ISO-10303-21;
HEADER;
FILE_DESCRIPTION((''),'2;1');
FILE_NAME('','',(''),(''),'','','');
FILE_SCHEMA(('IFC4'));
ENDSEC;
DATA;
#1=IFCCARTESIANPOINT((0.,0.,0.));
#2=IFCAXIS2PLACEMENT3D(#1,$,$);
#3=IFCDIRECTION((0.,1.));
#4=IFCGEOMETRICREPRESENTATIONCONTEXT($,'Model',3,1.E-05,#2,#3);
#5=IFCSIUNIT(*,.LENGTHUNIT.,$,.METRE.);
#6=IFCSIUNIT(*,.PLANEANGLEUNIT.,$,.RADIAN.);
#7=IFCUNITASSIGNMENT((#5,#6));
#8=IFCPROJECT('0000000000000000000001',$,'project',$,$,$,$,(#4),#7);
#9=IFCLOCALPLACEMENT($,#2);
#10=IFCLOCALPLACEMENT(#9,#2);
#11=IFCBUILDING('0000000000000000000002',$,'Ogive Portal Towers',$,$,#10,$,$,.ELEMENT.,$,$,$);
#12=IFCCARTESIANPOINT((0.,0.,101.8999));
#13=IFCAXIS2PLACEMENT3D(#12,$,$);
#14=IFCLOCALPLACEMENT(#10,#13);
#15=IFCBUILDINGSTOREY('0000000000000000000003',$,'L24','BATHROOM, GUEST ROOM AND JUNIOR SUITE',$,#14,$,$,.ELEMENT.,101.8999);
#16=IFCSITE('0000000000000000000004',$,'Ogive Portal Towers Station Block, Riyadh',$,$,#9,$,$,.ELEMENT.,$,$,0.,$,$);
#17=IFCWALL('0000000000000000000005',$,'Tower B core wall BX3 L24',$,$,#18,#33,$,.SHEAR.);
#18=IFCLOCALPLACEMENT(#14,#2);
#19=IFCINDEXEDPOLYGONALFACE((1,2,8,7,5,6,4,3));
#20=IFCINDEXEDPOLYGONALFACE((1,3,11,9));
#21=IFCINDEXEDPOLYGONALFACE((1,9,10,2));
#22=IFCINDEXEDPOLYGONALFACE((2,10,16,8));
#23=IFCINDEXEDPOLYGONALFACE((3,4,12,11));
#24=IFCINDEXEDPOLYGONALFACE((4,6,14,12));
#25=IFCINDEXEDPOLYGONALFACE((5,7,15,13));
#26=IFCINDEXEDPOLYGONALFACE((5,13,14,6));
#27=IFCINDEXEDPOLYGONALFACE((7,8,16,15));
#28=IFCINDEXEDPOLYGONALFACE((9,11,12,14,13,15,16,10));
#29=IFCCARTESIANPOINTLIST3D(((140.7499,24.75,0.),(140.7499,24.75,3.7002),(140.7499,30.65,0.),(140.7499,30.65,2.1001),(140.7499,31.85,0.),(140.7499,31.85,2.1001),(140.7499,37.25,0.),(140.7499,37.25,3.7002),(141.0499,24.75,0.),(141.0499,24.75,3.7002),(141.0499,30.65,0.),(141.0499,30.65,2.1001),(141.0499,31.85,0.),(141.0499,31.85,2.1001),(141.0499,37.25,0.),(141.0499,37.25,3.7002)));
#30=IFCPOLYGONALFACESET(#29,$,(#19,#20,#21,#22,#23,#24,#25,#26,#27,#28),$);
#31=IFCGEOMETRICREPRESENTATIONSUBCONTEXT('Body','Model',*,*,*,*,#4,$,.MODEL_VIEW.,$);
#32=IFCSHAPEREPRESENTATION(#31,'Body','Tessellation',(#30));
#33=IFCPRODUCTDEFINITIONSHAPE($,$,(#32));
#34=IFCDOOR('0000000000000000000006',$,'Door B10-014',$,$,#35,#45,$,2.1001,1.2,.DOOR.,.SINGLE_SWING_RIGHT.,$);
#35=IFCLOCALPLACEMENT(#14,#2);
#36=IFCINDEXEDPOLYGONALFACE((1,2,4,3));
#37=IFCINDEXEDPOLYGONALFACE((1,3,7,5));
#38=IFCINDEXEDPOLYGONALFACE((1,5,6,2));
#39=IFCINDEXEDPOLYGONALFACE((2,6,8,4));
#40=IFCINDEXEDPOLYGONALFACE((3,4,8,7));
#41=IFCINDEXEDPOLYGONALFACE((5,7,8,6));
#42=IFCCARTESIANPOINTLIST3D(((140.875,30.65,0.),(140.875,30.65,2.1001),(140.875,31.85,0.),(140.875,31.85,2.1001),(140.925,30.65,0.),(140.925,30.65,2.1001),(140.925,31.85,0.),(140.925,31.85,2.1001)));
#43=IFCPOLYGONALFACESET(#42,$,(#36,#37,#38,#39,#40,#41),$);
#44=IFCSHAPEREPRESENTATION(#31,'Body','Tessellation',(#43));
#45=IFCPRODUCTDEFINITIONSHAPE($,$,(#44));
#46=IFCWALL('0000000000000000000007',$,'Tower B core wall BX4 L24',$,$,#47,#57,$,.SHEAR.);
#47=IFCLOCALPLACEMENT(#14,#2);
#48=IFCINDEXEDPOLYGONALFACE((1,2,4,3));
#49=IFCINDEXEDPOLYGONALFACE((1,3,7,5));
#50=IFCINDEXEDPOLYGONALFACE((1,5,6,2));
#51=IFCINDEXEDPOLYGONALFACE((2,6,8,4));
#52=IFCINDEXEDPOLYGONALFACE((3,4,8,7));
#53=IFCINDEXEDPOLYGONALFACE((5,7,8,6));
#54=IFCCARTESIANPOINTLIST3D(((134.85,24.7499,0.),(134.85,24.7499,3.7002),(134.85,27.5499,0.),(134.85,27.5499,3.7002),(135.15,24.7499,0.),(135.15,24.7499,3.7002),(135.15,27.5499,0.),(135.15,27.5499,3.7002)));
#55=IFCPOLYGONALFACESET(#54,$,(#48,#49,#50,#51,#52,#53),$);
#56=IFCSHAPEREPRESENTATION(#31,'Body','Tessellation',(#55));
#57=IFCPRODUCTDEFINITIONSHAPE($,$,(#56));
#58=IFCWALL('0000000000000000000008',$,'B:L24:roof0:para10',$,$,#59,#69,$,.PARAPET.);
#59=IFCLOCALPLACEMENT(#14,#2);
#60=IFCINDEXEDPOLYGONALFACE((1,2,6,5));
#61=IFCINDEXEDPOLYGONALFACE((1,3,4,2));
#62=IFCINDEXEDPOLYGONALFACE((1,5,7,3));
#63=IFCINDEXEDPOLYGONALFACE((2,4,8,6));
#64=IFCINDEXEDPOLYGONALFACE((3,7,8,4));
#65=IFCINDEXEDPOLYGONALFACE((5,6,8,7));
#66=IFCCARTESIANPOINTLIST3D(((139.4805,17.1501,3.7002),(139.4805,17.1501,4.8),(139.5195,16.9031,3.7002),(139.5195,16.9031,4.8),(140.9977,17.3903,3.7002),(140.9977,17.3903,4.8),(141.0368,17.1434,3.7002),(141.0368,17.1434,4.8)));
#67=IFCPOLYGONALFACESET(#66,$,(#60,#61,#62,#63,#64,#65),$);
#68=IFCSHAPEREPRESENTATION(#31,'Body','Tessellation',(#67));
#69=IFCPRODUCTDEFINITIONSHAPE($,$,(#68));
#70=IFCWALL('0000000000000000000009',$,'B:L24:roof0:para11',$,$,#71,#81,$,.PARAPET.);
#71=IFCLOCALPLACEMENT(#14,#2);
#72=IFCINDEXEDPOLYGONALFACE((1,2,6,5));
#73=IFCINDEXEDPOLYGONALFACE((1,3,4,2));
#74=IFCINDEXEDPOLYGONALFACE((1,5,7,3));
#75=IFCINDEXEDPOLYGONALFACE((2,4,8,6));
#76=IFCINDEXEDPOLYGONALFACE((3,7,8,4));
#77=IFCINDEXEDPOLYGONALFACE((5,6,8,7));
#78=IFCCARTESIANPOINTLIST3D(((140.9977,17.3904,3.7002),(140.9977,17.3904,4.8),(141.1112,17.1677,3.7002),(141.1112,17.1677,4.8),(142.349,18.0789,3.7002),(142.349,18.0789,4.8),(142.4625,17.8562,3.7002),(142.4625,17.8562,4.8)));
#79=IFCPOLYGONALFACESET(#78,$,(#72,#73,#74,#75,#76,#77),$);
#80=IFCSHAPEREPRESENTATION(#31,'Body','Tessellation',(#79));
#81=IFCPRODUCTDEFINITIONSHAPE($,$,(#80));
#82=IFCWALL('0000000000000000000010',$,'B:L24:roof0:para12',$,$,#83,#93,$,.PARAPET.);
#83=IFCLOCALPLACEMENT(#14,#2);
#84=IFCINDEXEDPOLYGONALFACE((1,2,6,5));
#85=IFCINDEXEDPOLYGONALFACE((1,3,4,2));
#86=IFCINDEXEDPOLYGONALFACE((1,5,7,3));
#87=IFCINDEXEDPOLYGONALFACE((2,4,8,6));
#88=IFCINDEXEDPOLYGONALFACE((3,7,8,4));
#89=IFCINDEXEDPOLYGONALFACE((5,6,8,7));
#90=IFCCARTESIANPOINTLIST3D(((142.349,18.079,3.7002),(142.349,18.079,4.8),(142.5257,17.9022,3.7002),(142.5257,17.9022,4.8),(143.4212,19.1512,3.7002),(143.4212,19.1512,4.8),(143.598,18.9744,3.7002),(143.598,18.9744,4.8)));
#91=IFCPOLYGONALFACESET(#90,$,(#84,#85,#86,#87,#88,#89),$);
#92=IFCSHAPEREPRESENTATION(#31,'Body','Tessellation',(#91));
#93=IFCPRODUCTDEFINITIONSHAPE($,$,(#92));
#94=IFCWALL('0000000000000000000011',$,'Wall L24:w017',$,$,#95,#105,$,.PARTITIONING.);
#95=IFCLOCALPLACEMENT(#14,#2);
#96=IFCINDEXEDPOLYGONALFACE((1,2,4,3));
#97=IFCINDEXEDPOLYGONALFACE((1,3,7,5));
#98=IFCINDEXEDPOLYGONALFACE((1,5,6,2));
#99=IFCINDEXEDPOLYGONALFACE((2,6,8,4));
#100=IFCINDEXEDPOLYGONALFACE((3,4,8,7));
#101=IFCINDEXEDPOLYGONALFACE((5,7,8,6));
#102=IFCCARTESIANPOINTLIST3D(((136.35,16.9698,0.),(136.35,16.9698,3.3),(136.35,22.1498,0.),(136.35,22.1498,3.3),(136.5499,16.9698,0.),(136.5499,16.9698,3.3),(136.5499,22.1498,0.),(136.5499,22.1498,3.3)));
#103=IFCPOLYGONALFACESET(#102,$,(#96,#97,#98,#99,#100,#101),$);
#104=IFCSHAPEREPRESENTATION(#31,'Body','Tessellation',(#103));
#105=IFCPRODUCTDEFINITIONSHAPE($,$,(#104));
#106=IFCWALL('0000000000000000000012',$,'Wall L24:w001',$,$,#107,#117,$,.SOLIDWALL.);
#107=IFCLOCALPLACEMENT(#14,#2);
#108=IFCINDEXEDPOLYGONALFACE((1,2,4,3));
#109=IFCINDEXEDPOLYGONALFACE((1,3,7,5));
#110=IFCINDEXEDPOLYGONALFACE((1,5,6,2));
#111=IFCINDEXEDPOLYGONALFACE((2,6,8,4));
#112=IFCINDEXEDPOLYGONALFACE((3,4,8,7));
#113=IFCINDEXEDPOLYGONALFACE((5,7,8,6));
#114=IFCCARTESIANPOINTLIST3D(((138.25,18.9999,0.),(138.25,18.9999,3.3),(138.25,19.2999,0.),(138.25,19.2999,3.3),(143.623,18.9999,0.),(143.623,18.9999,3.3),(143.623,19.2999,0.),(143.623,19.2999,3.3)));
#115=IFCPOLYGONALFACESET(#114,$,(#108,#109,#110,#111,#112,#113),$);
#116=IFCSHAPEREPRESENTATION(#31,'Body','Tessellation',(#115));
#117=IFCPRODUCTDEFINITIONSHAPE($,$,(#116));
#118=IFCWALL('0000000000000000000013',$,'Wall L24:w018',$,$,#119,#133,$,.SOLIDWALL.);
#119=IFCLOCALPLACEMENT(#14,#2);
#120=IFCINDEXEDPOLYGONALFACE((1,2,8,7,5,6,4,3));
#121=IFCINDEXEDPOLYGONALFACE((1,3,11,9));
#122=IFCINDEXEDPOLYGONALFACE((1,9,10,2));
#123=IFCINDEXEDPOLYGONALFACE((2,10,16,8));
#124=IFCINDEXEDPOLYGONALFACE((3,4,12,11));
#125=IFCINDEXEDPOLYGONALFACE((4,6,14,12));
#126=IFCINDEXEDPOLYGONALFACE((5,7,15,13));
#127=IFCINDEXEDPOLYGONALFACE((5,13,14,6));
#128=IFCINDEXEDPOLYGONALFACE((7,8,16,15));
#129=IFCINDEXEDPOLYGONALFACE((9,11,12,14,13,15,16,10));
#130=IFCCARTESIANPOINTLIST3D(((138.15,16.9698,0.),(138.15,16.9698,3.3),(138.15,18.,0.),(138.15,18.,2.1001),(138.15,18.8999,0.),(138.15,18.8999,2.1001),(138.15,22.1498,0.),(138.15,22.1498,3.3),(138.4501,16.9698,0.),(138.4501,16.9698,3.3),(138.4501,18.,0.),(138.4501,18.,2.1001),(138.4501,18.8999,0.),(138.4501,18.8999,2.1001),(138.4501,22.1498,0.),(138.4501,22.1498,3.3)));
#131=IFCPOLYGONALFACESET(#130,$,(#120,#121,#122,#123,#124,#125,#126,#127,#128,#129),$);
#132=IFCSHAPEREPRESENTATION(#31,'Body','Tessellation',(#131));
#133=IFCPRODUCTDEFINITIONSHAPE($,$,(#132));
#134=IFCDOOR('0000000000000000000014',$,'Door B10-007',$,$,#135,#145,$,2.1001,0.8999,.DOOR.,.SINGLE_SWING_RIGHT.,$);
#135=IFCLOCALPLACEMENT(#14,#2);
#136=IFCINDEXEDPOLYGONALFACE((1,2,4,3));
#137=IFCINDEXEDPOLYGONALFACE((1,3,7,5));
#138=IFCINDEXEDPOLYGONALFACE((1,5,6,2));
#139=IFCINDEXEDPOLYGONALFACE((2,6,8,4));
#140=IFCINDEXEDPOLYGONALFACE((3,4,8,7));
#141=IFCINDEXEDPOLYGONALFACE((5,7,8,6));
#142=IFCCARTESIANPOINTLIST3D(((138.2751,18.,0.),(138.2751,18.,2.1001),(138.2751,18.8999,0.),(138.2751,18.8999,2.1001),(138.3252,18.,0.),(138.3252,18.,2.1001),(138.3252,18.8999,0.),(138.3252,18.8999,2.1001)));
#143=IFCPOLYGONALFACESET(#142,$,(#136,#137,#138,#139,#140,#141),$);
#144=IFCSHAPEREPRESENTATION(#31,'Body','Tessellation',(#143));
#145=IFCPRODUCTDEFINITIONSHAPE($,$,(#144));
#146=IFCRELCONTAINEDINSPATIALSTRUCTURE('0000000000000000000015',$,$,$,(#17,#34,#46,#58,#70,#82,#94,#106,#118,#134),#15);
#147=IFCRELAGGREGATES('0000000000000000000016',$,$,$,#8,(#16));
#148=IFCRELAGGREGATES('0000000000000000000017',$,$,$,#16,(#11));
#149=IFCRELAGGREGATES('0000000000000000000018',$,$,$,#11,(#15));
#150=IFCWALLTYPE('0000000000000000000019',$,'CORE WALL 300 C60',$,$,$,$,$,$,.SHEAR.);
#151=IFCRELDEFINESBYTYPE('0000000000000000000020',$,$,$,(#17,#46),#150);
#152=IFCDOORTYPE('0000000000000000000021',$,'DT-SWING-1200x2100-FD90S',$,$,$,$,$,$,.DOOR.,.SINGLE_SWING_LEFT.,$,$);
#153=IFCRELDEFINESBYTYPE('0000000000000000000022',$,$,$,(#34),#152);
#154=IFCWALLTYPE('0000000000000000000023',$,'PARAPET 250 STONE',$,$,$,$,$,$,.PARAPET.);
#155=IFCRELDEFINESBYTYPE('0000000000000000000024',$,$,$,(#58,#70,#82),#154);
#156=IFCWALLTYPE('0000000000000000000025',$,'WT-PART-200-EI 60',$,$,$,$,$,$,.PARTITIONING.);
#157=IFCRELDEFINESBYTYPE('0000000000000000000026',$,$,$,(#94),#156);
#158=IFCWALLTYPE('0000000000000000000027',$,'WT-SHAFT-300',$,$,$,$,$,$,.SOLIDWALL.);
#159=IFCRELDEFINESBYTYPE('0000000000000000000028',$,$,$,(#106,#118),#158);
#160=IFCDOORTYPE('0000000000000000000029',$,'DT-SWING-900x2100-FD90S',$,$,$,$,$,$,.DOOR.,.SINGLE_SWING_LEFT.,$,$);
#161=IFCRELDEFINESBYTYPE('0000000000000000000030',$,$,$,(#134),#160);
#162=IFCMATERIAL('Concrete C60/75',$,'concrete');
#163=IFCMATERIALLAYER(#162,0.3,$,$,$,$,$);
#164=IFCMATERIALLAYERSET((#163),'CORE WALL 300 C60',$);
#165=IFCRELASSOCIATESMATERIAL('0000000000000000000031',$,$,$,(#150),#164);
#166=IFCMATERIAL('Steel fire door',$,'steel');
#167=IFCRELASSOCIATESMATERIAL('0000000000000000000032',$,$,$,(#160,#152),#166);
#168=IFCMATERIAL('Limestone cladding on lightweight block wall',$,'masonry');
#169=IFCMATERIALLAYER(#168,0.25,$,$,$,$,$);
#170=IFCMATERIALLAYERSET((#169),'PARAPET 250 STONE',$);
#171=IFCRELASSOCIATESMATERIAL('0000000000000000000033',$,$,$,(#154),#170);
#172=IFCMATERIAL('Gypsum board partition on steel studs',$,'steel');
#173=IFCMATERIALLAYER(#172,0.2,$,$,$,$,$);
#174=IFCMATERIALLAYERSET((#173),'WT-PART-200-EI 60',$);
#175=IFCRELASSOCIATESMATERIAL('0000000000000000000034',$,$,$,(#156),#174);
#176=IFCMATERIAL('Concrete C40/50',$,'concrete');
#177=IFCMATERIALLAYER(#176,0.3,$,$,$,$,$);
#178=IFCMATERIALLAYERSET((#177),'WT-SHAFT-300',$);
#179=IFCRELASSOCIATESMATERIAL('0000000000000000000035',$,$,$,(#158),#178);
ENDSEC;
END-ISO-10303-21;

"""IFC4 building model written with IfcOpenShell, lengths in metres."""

from ifc_helpers import new_model, si_unit, direction, frame, frame_2d, origin, place, context, subcontext, project, spatial, rectangle, extrude, material, layer, layer_set, type_object, element, fill, save


model = new_model("IFC4")

# Units and contexts
model_context = context("Model", 3, precision=1e-05, world=origin(), true_north=direction((0.0, 1.0)))
body_context = subcontext(model_context, "Body", "Model", "MODEL_VIEW")
ifc_project = project(units=[si_unit("LENGTHUNIT", "METRE"), si_unit("PLANEANGLEUNIT", "RADIAN")], contexts=[model_context])

# Site, building, storey
site_placement = place(None, origin())
site = spatial("IfcSite", under=ifc_project, at=site_placement, Name="Ogive Portal Towers Station Block, Riyadh", CompositionType="ELEMENT", RefElevation=0.0)
building_placement = place(site_placement, origin())
building = spatial("IfcBuilding", under=site, at=building_placement, Name="Ogive Portal Towers", CompositionType="ELEMENT")
storey_placement = place(building_placement, frame((0.0, 0.0, 101.8999)))
storey = spatial("IfcBuildingStorey", under=building, at=storey_placement, Name="L24", Description="BATHROOM, GUEST ROOM AND JUNIOR SUITE", CompositionType="ELEMENT", Elevation=101.8999)

# Shared definitions
ifc_material_1 = material(Name="Concrete C60/75", Category="concrete")
ifc_layer_1 = layer(ifc_material_1, 0.3)
ifc_layer_set_1 = layer_set([ifc_layer_1], Name="CORE WALL 300 C60")
wall_type_1 = type_object("IfcWallType", Name="CORE WALL 300 C60", PredefinedType="SHEAR", material=ifc_layer_set_1)
ifc_material_2 = material(Name="Steel fire door", Category="steel")
door_type_1 = type_object("IfcDoorType", Name="DT-SWING-900x2100-FD90S", OperationType="SINGLE_SWING_LEFT", PredefinedType="DOOR", material=ifc_material_2)

# Wall, opening, door
wall_1_placement = place(storey_placement, frame((140.8999, 24.75, 0.0), z_axis=(0.0, 0.0, 1.0), x_axis=(0.0, 1.0, 0.0)))
wall_1 = element("IfcWall", 1, at=wall_1_placement, inside=storey, type_object=wall_type_1, Name="Tower B core wall BX3 L24", PredefinedType="SHEAR", context=body_context, shape_type="SweptSolid", body=[
    extrude(rectangle(XDim=12.5, YDim=0.3, at=frame_2d((6.25, 0.0))), origin(), (0.0, 0.0, 1.0), 3.7002),
])
opening_1_placement = place(wall_1_placement, frame((5.8999, 0.0, 0.0)))
opening_1 = element("IfcOpeningElement", 2, at=opening_1_placement, cuts=wall_1, PredefinedType="OPENING", context=body_context, shape_type="SweptSolid", body=[
    extrude(rectangle(XDim=1.2, YDim=2.1001, at=frame_2d((0.6001, 1.05))), frame((0.0, 0.1602, 0.0), z_axis=(0.0, -1.0, 0.0), x_axis=(1.0, 0.0, 0.0)), (0.0, 0.0, 1.0), 0.3201),
])
door_type_2 = type_object("IfcDoorType", Name="DT-SWING-1200x2100-FD90S", OperationType="SINGLE_SWING_LEFT", PredefinedType="DOOR", material=ifc_material_2)
door_1_placement = place(opening_1_placement, origin())
door_1 = element("IfcDoor", 3, at=door_1_placement, inside=storey, type_object=door_type_2, Name="Door B10-014", OperationType="SINGLE_SWING_RIGHT", OverallHeight=2.1001, OverallWidth=1.2, PredefinedType="DOOR", context=body_context, shape_type="SweptSolid", body=[
    extrude(rectangle(XDim=1.2, YDim=2.1001, at=frame_2d((0.6001, 1.05))), frame((0.0, 0.0249, 0.0), z_axis=(0.0, -1.0, 0.0), x_axis=(1.0, 0.0, 0.0)), (0.0, 0.0, 1.0), 0.05),
])
fill(opening_1, door_1)

# Wall
wall_2_placement = place(storey_placement, frame((135.0, 24.75, 0.0), z_axis=(0.0, 0.0, 1.0), x_axis=(0.0, 1.0, 0.0)))
element("IfcWall", 4, at=wall_2_placement, inside=storey, type_object=wall_type_1, Name="Tower B core wall BX4 L24", PredefinedType="SHEAR", context=body_context, shape_type="SweptSolid", body=[
    extrude(rectangle(XDim=2.8, YDim=0.3, at=frame_2d((1.3999, 0.0))), origin(), (0.0, 0.0, 1.0), 3.7002),
])

# Walls
ifc_material_3 = material(Name="Limestone cladding on lightweight block wall", Category="masonry")
ifc_layer_2 = layer(ifc_material_3, 0.25)
ifc_layer_set_2 = layer_set([ifc_layer_2], Name="PARAPET 250 STONE")
wall_type_2 = type_object("IfcWallType", Name="PARAPET 250 STONE", PredefinedType="PARAPET", material=ifc_layer_set_2)
wall_3_placement = place(storey_placement, frame((139.5, 17.0266, 3.7002), z_axis=(0.0, 0.0, 1.0), x_axis=(0.987697, 0.156379, 0.0)))
element("IfcWall", 5, at=wall_3_placement, inside=storey, type_object=wall_type_2, Name="B:L24:roof0:para10", PredefinedType="PARAPET", context=body_context, shape_type="SweptSolid", body=[
    extrude(rectangle(XDim=1.5361, YDim=0.25, at=frame_2d((0.7681, 0.0))), origin(), (0.0, 0.0, 1.0), 1.0999),
])
wall_4_placement = place(storey_placement, frame((141.0544, 17.2791, 3.7002), z_axis=(0.0, 0.0, 1.0), x_axis=(0.891021, 0.453962, 0.0)))
element("IfcWall", 6, at=wall_4_placement, inside=storey, type_object=wall_type_2, Name="B:L24:roof0:para11", PredefinedType="PARAPET", context=body_context, shape_type="SweptSolid", body=[
    extrude(rectangle(XDim=1.5166, YDim=0.25, at=frame_2d((0.7583, 0.0))), origin(), (0.0, 0.0, 1.0), 1.0999),
])
wall_5_placement = place(storey_placement, frame((142.4373, 17.9905, 3.7002), z_axis=(0.0, 0.0, 1.0), x_axis=(0.707107, 0.707107, 0.0)))
element("IfcWall", 7, at=wall_5_placement, inside=storey, type_object=wall_type_2, Name="B:L24:roof0:para12", PredefinedType="PARAPET", context=body_context, shape_type="SweptSolid", body=[
    extrude(rectangle(XDim=1.5164, YDim=0.25, at=frame_2d((0.7583, 0.0))), origin(), (0.0, 0.0, 1.0), 1.0999),
])
ifc_material_4 = material(Name="Gypsum board partition on steel studs", Category="steel")
ifc_layer_3 = layer(ifc_material_4, 0.2)
ifc_layer_set_3 = layer_set([ifc_layer_3], Name="WT-PART-200-EI 60")
wall_type_3 = type_object("IfcWallType", Name="WT-PART-200-EI 60", PredefinedType="PARTITIONING", material=ifc_layer_set_3)
wall_6_placement = place(storey_placement, frame((136.45, 16.97, 0.0), z_axis=(0.0, 0.0, 1.0), x_axis=(0.0, 1.0, 0.0)))
element("IfcWall", 8, at=wall_6_placement, inside=storey, type_object=wall_type_3, Name="Wall L24:w017", PredefinedType="PARTITIONING", context=body_context, shape_type="SweptSolid", body=[
    extrude(rectangle(XDim=5.1799, YDim=0.2, at=frame_2d((2.5898, 0.0))), origin(), (0.0, 0.0, 1.0), 3.3),
])
ifc_material_5 = material(Name="Concrete C40/50", Category="concrete")
ifc_layer_4 = layer(ifc_material_5, 0.3)
ifc_layer_set_4 = layer_set([ifc_layer_4], Name="WT-SHAFT-300")
wall_type_4 = type_object("IfcWallType", Name="WT-SHAFT-300", PredefinedType="SOLIDWALL", material=ifc_layer_set_4)
wall_7_placement = place(storey_placement, frame((138.25, 19.1499, 0.0), z_axis=(0.0, 0.0, 1.0), x_axis=(1.0, 0.0, 0.0)))
element("IfcWall", 9, at=wall_7_placement, inside=storey, type_object=wall_type_4, Name="Wall L24:w001", PredefinedType="SOLIDWALL", context=body_context, shape_type="SweptSolid", body=[
    extrude(rectangle(XDim=5.373, YDim=0.3, at=frame_2d((2.6865, 0.0))), origin(), (0.0, 0.0, 1.0), 3.3),
])

# Wall, opening, door
wall_8_placement = place(storey_placement, frame((138.3, 16.97, 0.0), z_axis=(0.0, 0.0, 1.0), x_axis=(0.0, 1.0, 0.0)))
wall_8 = element("IfcWall", 10, at=wall_8_placement, inside=storey, type_object=wall_type_4, Name="Wall L24:w018", PredefinedType="SOLIDWALL", context=body_context, shape_type="SweptSolid", body=[
    extrude(rectangle(XDim=5.1799, YDim=0.3, at=frame_2d((2.5898, 0.0))), origin(), (0.0, 0.0, 1.0), 3.3),
])
opening_2_placement = place(wall_8_placement, frame((1.03, 0.0, 0.0)))
opening_2 = element("IfcOpeningElement", 11, at=opening_2_placement, cuts=wall_8, PredefinedType="OPENING", context=body_context, shape_type="SweptSolid", body=[
    extrude(rectangle(XDim=0.8999, YDim=2.1001, at=frame_2d((0.45, 1.05))), frame((0.0, 0.1602, 0.0), z_axis=(0.0, -1.0, 0.0), x_axis=(1.0, 0.0, 0.0)), (0.0, 0.0, 1.0), 0.3201),
])
door_2_placement = place(opening_2_placement, origin())
door_2 = element("IfcDoor", 12, at=door_2_placement, inside=storey, type_object=door_type_1, Name="Door B10-007", OperationType="SINGLE_SWING_RIGHT", OverallHeight=2.1001, OverallWidth=0.8999, PredefinedType="DOOR", context=body_context, shape_type="SweptSolid", body=[
    extrude(rectangle(XDim=0.8999, YDim=2.1001, at=frame_2d((0.45, 1.05))), frame((0.0, 0.0249, 0.0), z_axis=(0.0, -1.0, 0.0), x_axis=(1.0, 0.0, 0.0)), (0.0, 0.0, 1.0), 0.05),
])
fill(opening_2, door_2)

save(model, "model.ifc")
